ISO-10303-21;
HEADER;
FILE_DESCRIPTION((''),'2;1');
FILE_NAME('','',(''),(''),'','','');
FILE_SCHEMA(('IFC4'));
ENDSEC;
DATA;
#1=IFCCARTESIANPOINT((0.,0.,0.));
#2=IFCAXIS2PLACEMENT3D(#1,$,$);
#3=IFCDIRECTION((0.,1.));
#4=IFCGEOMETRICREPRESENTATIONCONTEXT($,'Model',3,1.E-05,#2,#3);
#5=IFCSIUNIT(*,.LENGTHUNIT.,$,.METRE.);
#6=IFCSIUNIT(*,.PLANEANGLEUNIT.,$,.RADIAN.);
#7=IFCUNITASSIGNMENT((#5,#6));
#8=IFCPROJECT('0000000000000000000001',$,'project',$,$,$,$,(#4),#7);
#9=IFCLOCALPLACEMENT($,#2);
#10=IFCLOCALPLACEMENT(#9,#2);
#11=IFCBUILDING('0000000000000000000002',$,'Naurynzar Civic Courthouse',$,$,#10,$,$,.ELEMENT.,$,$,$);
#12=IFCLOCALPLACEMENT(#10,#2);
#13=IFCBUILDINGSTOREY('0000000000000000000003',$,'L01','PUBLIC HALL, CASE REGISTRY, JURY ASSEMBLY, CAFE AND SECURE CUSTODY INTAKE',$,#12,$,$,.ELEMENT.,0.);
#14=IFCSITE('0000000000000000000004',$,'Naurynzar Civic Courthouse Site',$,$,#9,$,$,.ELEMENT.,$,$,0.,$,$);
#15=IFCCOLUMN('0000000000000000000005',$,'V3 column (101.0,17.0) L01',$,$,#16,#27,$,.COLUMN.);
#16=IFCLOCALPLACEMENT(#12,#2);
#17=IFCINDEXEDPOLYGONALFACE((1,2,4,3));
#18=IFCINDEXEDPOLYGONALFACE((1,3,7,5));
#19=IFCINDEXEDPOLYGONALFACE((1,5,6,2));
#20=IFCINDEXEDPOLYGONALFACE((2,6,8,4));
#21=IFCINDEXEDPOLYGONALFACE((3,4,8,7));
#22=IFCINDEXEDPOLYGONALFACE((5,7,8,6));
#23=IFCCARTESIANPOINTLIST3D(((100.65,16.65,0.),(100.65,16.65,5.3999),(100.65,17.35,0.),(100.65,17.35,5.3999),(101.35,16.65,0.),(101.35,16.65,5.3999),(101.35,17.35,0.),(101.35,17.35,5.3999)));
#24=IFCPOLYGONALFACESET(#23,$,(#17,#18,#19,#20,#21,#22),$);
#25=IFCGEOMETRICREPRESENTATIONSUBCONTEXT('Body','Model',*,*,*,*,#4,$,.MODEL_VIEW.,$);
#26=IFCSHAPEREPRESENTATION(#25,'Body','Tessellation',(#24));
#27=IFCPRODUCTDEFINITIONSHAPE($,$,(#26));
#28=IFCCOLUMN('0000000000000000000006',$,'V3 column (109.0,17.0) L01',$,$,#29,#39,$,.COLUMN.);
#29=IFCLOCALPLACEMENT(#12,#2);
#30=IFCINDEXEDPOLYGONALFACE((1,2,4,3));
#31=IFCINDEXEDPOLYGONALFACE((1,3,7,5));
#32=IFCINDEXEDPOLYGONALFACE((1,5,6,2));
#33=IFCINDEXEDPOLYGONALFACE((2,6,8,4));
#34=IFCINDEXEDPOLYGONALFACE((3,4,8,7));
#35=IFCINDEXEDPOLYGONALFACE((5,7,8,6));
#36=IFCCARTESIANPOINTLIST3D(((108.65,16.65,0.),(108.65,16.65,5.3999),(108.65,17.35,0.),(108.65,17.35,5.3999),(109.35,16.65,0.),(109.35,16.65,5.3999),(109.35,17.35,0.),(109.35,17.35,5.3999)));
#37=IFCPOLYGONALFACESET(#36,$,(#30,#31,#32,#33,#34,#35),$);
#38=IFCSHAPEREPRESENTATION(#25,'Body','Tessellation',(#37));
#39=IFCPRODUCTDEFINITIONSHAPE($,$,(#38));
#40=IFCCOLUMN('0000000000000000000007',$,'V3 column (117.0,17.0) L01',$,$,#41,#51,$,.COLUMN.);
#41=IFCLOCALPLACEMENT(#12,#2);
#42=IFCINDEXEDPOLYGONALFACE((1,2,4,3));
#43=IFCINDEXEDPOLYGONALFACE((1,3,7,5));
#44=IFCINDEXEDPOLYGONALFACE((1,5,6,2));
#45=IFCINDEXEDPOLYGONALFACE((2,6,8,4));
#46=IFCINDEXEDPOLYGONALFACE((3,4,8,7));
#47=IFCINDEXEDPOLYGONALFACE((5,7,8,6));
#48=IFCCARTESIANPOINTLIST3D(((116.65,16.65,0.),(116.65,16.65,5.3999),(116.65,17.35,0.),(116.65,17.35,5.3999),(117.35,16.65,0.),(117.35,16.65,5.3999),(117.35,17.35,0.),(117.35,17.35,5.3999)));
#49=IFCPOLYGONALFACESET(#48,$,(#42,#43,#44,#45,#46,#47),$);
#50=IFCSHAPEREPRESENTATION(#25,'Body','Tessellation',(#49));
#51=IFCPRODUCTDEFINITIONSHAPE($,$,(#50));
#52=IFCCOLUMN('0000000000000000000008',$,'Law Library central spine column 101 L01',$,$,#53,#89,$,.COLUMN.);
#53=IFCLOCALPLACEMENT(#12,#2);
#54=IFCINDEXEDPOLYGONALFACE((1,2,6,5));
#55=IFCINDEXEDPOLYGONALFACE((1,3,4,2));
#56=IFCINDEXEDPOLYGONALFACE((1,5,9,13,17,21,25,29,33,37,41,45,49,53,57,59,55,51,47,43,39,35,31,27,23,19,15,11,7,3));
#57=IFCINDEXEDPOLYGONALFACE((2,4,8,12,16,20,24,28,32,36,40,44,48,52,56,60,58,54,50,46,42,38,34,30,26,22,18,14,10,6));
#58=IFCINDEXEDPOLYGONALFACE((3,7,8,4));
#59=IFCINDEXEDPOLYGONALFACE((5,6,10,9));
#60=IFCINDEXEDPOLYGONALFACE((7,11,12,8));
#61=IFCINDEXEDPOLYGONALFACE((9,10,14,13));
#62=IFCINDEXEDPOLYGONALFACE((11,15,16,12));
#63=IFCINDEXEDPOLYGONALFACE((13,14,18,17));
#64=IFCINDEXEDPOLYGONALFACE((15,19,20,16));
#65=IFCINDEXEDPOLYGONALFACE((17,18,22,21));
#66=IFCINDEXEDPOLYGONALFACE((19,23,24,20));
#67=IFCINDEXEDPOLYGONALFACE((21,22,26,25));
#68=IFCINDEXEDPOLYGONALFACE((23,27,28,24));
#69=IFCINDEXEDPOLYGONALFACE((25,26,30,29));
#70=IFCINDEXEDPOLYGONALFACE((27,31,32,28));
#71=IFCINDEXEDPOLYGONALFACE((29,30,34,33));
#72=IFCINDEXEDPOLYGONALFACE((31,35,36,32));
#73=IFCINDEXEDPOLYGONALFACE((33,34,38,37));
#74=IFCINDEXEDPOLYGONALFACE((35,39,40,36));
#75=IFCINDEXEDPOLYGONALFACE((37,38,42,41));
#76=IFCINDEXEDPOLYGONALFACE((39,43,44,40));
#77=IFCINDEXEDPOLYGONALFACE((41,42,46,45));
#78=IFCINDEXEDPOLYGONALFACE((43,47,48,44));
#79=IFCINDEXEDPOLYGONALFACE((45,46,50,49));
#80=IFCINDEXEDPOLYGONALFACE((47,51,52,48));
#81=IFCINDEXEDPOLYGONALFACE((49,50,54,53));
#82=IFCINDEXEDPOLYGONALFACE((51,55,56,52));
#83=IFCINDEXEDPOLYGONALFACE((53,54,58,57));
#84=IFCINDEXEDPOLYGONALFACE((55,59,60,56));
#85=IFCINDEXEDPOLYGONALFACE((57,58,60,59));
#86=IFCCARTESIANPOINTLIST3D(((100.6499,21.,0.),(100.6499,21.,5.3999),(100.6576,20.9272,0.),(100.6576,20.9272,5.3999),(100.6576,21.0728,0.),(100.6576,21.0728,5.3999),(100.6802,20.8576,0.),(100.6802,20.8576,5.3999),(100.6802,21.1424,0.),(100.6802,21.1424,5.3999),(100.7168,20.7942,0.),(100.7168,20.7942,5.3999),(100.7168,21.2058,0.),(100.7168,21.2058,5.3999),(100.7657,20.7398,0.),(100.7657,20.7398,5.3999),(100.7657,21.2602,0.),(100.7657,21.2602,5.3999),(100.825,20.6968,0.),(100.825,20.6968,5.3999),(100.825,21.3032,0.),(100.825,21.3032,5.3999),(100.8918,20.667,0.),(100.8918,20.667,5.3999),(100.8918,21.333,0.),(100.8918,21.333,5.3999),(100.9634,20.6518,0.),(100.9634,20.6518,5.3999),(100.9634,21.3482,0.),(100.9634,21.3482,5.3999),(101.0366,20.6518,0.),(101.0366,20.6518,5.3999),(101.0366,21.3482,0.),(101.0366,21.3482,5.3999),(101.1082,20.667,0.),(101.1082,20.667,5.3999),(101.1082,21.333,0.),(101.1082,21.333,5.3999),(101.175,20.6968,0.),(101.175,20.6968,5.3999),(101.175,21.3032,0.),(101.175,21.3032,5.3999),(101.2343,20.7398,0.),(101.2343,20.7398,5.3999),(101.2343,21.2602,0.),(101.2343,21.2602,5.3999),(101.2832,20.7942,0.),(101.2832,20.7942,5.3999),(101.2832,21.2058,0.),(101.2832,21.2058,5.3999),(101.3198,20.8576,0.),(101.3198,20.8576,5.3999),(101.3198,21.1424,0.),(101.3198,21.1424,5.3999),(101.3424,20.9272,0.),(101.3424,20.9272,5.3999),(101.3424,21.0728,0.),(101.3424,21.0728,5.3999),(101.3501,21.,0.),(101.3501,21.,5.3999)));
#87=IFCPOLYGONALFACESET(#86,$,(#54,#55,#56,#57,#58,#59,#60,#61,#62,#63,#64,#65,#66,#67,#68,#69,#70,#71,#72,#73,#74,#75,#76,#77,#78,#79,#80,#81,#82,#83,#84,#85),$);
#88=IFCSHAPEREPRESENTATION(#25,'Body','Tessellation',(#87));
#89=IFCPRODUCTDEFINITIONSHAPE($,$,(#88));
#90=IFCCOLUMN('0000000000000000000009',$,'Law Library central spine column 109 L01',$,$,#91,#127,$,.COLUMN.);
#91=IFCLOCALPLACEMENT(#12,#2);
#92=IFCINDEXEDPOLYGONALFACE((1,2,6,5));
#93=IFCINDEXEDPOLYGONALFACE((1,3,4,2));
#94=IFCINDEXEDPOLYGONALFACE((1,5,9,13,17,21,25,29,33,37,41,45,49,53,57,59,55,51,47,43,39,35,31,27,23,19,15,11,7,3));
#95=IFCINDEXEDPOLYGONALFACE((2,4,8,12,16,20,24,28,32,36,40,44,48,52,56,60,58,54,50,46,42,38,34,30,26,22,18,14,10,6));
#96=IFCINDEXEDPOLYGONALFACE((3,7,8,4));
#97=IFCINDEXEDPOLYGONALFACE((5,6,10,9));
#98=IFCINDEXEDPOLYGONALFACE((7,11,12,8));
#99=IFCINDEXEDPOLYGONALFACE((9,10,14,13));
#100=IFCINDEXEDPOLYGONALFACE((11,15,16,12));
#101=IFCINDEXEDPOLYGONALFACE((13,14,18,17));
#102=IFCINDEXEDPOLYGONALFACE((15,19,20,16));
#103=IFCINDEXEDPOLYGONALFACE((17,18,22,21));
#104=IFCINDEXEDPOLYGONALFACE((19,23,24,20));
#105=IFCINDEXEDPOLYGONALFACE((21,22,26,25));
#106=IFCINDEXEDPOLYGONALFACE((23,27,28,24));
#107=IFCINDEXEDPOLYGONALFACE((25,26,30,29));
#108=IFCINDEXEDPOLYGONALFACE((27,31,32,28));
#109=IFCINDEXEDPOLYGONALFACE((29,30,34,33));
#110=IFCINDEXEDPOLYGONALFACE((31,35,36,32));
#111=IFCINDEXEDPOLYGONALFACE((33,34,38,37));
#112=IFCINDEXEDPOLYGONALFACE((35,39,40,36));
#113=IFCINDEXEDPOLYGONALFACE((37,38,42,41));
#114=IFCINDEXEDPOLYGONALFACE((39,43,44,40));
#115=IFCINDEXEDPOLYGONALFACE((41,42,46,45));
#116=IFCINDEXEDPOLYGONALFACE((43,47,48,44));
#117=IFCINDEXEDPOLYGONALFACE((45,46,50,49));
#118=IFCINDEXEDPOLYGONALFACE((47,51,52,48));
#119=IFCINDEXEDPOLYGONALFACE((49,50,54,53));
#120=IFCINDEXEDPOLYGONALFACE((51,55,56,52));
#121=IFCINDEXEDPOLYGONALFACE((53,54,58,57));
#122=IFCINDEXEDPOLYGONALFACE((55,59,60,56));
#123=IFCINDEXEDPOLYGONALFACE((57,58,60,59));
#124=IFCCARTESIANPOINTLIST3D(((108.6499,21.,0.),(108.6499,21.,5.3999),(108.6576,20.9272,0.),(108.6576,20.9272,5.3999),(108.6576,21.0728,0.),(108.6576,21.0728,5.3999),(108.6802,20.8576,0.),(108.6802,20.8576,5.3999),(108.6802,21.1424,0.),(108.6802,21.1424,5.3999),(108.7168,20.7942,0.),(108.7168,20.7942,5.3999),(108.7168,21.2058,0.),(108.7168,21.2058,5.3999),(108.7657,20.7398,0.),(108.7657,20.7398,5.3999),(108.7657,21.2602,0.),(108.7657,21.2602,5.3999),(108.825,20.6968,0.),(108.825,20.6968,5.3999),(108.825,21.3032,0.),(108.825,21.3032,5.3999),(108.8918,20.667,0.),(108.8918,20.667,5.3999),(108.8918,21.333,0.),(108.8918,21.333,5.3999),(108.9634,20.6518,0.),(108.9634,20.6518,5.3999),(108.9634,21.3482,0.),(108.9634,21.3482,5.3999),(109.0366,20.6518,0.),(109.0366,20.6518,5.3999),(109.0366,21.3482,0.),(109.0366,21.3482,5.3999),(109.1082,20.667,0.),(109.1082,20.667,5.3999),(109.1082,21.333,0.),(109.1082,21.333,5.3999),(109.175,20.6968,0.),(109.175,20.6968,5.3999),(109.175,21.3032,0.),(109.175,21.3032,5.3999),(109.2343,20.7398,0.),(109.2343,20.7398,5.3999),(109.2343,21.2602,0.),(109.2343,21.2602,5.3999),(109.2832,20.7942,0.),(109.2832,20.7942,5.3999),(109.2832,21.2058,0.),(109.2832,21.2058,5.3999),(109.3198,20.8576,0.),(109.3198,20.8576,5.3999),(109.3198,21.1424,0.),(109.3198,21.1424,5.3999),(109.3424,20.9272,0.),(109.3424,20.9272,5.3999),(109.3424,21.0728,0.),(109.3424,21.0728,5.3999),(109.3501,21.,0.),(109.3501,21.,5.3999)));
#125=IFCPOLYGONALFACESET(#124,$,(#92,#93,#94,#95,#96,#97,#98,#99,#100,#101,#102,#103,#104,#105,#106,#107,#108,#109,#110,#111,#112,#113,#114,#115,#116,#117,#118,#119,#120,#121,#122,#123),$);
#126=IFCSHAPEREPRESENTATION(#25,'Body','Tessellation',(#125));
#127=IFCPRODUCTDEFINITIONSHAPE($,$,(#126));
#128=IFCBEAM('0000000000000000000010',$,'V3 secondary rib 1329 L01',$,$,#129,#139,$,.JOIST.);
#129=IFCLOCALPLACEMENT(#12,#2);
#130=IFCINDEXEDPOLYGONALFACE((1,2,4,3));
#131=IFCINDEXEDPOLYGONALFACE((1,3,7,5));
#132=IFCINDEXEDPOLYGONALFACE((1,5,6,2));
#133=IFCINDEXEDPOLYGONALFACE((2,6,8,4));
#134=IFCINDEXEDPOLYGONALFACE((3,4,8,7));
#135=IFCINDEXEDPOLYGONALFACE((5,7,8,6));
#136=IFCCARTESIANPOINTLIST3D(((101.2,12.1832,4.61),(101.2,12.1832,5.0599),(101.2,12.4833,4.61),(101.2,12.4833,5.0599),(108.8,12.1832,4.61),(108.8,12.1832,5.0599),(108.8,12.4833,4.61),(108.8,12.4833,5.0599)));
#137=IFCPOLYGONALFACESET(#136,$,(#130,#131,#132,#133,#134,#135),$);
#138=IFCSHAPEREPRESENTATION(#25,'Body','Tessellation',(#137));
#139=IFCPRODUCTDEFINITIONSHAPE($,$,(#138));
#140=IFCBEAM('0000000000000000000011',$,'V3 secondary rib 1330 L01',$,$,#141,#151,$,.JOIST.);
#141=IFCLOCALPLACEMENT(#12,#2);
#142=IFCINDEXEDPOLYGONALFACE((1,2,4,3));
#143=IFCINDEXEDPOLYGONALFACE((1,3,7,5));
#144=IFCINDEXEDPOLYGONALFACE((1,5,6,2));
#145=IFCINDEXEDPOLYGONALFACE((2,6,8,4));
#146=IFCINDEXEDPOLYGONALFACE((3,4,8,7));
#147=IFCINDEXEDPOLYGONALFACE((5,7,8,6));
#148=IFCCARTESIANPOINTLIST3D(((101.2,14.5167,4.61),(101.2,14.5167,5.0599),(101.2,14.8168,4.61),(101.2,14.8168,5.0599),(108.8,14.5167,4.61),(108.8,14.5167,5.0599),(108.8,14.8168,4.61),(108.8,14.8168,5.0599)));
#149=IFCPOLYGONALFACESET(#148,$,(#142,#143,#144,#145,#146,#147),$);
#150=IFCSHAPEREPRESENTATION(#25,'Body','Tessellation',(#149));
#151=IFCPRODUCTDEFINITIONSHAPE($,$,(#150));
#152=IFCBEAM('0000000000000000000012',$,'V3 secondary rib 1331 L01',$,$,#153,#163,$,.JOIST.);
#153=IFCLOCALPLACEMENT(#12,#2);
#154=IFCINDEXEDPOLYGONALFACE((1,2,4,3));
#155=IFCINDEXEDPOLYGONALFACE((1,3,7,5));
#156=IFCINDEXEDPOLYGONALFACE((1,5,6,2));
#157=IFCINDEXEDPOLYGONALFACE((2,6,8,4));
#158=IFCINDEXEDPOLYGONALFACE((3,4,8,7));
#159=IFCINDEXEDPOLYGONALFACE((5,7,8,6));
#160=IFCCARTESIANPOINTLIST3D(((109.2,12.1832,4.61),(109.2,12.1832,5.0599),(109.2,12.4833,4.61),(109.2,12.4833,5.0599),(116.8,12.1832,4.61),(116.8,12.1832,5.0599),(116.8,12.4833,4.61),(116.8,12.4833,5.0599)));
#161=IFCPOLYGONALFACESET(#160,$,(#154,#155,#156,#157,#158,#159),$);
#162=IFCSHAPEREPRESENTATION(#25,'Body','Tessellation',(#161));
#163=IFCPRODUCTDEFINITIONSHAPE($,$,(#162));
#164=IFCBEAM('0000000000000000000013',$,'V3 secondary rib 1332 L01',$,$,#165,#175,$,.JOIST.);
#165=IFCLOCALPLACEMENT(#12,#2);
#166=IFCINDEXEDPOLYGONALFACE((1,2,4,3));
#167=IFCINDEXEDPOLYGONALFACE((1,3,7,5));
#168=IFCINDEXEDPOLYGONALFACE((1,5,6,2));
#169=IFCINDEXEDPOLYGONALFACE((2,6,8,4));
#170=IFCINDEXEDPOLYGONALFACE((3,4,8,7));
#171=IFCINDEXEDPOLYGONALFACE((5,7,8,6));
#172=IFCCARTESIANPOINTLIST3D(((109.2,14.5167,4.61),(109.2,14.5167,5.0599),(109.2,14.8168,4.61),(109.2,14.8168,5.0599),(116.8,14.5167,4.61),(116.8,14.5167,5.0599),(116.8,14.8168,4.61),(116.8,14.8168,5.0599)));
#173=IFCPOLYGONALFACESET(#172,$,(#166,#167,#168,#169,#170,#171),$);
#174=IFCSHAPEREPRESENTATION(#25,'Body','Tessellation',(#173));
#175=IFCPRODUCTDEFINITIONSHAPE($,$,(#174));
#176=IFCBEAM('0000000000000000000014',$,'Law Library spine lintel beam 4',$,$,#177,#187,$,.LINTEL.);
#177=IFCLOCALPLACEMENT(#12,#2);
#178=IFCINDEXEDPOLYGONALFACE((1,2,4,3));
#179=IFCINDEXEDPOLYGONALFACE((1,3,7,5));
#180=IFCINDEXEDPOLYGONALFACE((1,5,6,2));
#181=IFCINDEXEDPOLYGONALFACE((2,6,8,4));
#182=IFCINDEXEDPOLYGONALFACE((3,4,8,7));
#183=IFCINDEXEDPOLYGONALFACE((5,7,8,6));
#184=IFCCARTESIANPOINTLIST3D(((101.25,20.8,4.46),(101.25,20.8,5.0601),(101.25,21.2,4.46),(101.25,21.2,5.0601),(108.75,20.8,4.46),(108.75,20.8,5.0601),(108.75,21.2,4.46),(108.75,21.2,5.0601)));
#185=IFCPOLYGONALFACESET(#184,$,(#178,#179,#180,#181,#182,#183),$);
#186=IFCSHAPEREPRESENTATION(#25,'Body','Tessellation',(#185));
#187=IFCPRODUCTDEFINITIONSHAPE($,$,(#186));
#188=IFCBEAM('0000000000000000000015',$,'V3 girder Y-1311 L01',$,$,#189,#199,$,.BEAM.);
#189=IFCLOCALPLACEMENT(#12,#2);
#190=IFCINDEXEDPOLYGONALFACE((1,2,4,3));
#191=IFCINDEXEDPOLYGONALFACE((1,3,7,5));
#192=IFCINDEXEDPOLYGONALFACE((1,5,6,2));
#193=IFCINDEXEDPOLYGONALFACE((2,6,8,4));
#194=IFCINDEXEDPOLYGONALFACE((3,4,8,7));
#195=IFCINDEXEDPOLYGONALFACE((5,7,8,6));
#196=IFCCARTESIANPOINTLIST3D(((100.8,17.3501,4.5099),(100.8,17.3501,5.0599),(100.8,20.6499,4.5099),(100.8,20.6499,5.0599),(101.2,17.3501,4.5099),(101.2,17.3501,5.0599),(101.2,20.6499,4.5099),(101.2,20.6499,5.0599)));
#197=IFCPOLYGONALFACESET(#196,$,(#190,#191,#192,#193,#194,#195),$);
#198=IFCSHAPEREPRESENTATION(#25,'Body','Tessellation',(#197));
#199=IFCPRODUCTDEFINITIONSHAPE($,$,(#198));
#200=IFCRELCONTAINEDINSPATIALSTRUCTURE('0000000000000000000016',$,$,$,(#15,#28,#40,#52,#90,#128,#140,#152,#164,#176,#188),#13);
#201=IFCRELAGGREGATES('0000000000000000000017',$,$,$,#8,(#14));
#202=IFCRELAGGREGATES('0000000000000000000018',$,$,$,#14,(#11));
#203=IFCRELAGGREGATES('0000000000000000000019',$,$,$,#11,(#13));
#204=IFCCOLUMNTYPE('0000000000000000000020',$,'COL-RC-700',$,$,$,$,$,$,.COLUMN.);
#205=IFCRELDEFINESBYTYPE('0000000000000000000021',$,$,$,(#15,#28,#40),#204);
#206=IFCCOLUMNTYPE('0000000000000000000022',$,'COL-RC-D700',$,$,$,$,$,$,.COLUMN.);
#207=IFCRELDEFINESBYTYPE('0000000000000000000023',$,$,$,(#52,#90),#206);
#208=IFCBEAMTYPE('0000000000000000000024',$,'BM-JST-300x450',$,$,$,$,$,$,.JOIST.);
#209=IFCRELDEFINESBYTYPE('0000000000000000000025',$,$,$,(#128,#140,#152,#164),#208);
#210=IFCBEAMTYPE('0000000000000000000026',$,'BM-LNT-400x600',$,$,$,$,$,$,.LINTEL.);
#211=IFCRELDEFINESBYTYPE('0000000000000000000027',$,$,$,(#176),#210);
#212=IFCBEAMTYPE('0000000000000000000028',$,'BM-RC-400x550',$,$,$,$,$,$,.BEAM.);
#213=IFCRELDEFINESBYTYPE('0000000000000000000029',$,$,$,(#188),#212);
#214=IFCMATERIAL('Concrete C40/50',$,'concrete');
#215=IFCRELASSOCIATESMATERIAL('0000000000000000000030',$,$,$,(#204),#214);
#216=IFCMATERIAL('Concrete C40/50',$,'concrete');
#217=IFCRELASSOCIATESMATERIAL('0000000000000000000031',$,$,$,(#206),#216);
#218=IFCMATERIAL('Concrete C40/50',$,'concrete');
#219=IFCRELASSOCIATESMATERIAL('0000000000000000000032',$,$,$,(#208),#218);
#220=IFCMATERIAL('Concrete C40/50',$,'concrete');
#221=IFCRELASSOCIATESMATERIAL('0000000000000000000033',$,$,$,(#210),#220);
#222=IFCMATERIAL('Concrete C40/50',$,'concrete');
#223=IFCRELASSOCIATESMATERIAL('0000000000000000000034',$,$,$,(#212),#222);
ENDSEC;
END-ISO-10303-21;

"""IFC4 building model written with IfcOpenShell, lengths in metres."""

from ifc_helpers import new_model, si_unit, direction, frame, origin, origin_2d, place, context, subcontext, project, spatial, rectangle, circle, extrude, material, material_profile, profile_set, type_object, element, save


model = new_model("IFC4")

# Units and contexts
model_context = context("Model", 3, precision=1e-05, world=origin(), true_north=direction((0.0, 1.0)))
body_context = subcontext(model_context, "Body", "Model", "MODEL_VIEW")
ifc_project = project(units=[si_unit("LENGTHUNIT", "METRE"), si_unit("PLANEANGLEUNIT", "RADIAN")], contexts=[model_context])

# Site, building, storey
site_placement = place(None, origin())
site = spatial("IfcSite", under=ifc_project, at=site_placement, Name="Naurynzar Civic Courthouse Site", CompositionType="ELEMENT", RefElevation=0.0)
building_placement = place(site_placement, origin())
building = spatial("IfcBuilding", under=site, at=building_placement, Name="Naurynzar Civic Courthouse", CompositionType="ELEMENT")
storey_placement = place(building_placement, origin())
storey = spatial("IfcBuildingStorey", under=building, at=storey_placement, Name="L01", Description="PUBLIC HALL, CASE REGISTRY, JURY ASSEMBLY, CAFE AND SECURE CUSTODY INTAKE", CompositionType="ELEMENT", Elevation=0.0)

# Columns
ifc_material_1 = material(Name="Concrete C40/50", Category="concrete")
ifc_material_profile_1 = material_profile(ifc_material_1, rectangle(XDim=0.7, YDim=0.7, at=origin_2d()), Name="RC 700x700")
ifc_profile_set_1 = profile_set([ifc_material_profile_1], Name="Concrete C40/50")
column_type_1 = type_object("IfcColumnType", Name="COL-RC-700", PredefinedType="COLUMN", material=ifc_profile_set_1)
for number, where, z_axis, x_axis, name in (
    (1, (101.0, 17.0, 0.0), (0.0, 0.0, 1.0), (1.0, 0.0, 0.0), "V3 column (101.0,17.0) L01"),
    (2, (109.0, 17.0, 0.0), (0.0, 0.0, 1.0), (1.0, 0.0, 0.0), "V3 column (109.0,17.0) L01"),
    (3, (117.0, 17.0, 0.0), (0.0, 0.0, 1.0), (1.0, 0.0, 0.0), "V3 column (117.0,17.0) L01"),
):
    element("IfcColumn", number, at=place(storey_placement, frame(where, z_axis=z_axis, x_axis=x_axis)), inside=storey, type_object=column_type_1, Name=name, PredefinedType="COLUMN", context=body_context, shape_type="SweptSolid", body=[
        extrude(rectangle(XDim=0.7, YDim=0.7, at=origin_2d()), origin(), (0.0, 0.0, 1.0), 5.3999),
    ])
ifc_material_2 = material(Name="Concrete C40/50", Category="concrete")
ifc_material_profile_2 = material_profile(ifc_material_2, circle(Radius=0.3501, at=origin_2d()), Name="RC D700")
ifc_profile_set_2 = profile_set([ifc_material_profile_2], Name="Concrete C40/50")
column_type_2 = type_object("IfcColumnType", Name="COL-RC-D700", PredefinedType="COLUMN", material=ifc_profile_set_2)
for number, where, z_axis, x_axis, name in (
    (4, (101.0, 21.0, 0.0), (0.0, 0.0, 1.0), (1.0, 0.0, 0.0), "Law Library central spine column 101 L01"),
    (5, (109.0, 21.0, 0.0), (0.0, 0.0, 1.0), (1.0, 0.0, 0.0), "Law Library central spine column 109 L01"),
):
    element("IfcColumn", number, at=place(storey_placement, frame(where, z_axis=z_axis, x_axis=x_axis)), inside=storey, type_object=column_type_2, Name=name, PredefinedType="COLUMN", context=body_context, shape_type="SweptSolid", body=[
        extrude(circle(Radius=0.3501, at=origin_2d()), origin(), (0.0, 0.0, 1.0), 5.3999),
    ])

# Beams
ifc_material_3 = material(Name="Concrete C40/50", Category="concrete")
ifc_material_profile_3 = material_profile(ifc_material_3, rectangle(XDim=0.3, YDim=0.45, at=origin_2d()), Name="RCJ 300x450")
ifc_profile_set_3 = profile_set([ifc_material_profile_3], Name="Concrete C40/50")
beam_type_1 = type_object("IfcBeamType", Name="BM-JST-300x450", PredefinedType="JOIST", material=ifc_profile_set_3)
for number, where, z_axis, x_axis, name in (
    (6, (101.2, 12.3333, 4.835), (1.0, 0.0, 0.0), (0.0, 1.0, 0.0), "V3 secondary rib 1329 L01"),
    (7, (101.2, 14.6667, 4.835), (1.0, 0.0, 0.0), (0.0, 1.0, 0.0), "V3 secondary rib 1330 L01"),
    (8, (109.2, 12.3333, 4.835), (1.0, 0.0, 0.0), (0.0, 1.0, 0.0), "V3 secondary rib 1331 L01"),
    (9, (109.2, 14.6667, 4.835), (1.0, 0.0, 0.0), (0.0, 1.0, 0.0), "V3 secondary rib 1332 L01"),
):
    element("IfcBeam", number, at=place(storey_placement, frame(where, z_axis=z_axis, x_axis=x_axis)), inside=storey, type_object=beam_type_1, Name=name, PredefinedType="JOIST", context=body_context, shape_type="SweptSolid", body=[
        extrude(rectangle(XDim=0.3, YDim=0.45, at=origin_2d()), origin(), (0.0, 0.0, 1.0), 7.6001),
    ])
ifc_material_4 = material(Name="Concrete C40/50", Category="concrete")
ifc_material_profile_4 = material_profile(ifc_material_4, rectangle(XDim=0.3999, YDim=0.6001, at=origin_2d()), Name="RCL 400x600")
ifc_profile_set_4 = profile_set([ifc_material_profile_4], Name="Concrete C40/50")
beam_type_2 = type_object("IfcBeamType", Name="BM-LNT-400x600", PredefinedType="LINTEL", material=ifc_profile_set_4)
beam_1_placement = place(storey_placement, frame((101.25, 21.0, 4.76), z_axis=(1.0, 0.0, 0.0), x_axis=(0.0, 1.0, 0.0)))
element("IfcBeam", 10, at=beam_1_placement, inside=storey, type_object=beam_type_2, Name="Law Library spine lintel beam 4", PredefinedType="LINTEL", context=body_context, shape_type="SweptSolid", body=[
    extrude(rectangle(XDim=0.3999, YDim=0.6001, at=origin_2d()), origin(), (0.0, 0.0, 1.0), 7.5),
])
ifc_material_5 = material(Name="Concrete C40/50", Category="concrete")
ifc_material_profile_5 = material_profile(ifc_material_5, rectangle(XDim=0.3999, YDim=0.55, at=origin_2d()), Name="RCB 400x550")
ifc_profile_set_5 = profile_set([ifc_material_profile_5], Name="Concrete C40/50")
beam_type_3 = type_object("IfcBeamType", Name="BM-RC-400x550", PredefinedType="BEAM", material=ifc_profile_set_5)
for number, where, z_axis, x_axis, name in (
    (11, (101.0, 17.3501, 4.7849), (0.0, 1.0, 0.0), (-1.0, 0.0, 0.0), "V3 girder Y-1311 L01"),
):
    element("IfcBeam", number, at=place(storey_placement, frame(where, z_axis=z_axis, x_axis=x_axis)), inside=storey, type_object=beam_type_3, Name=name, PredefinedType="BEAM", context=body_context, shape_type="SweptSolid", body=[
        extrude(rectangle(XDim=0.3999, YDim=0.55, at=origin_2d()), origin(), (0.0, 0.0, 1.0), 3.2998),
    ])

save(model, "model.ifc")
